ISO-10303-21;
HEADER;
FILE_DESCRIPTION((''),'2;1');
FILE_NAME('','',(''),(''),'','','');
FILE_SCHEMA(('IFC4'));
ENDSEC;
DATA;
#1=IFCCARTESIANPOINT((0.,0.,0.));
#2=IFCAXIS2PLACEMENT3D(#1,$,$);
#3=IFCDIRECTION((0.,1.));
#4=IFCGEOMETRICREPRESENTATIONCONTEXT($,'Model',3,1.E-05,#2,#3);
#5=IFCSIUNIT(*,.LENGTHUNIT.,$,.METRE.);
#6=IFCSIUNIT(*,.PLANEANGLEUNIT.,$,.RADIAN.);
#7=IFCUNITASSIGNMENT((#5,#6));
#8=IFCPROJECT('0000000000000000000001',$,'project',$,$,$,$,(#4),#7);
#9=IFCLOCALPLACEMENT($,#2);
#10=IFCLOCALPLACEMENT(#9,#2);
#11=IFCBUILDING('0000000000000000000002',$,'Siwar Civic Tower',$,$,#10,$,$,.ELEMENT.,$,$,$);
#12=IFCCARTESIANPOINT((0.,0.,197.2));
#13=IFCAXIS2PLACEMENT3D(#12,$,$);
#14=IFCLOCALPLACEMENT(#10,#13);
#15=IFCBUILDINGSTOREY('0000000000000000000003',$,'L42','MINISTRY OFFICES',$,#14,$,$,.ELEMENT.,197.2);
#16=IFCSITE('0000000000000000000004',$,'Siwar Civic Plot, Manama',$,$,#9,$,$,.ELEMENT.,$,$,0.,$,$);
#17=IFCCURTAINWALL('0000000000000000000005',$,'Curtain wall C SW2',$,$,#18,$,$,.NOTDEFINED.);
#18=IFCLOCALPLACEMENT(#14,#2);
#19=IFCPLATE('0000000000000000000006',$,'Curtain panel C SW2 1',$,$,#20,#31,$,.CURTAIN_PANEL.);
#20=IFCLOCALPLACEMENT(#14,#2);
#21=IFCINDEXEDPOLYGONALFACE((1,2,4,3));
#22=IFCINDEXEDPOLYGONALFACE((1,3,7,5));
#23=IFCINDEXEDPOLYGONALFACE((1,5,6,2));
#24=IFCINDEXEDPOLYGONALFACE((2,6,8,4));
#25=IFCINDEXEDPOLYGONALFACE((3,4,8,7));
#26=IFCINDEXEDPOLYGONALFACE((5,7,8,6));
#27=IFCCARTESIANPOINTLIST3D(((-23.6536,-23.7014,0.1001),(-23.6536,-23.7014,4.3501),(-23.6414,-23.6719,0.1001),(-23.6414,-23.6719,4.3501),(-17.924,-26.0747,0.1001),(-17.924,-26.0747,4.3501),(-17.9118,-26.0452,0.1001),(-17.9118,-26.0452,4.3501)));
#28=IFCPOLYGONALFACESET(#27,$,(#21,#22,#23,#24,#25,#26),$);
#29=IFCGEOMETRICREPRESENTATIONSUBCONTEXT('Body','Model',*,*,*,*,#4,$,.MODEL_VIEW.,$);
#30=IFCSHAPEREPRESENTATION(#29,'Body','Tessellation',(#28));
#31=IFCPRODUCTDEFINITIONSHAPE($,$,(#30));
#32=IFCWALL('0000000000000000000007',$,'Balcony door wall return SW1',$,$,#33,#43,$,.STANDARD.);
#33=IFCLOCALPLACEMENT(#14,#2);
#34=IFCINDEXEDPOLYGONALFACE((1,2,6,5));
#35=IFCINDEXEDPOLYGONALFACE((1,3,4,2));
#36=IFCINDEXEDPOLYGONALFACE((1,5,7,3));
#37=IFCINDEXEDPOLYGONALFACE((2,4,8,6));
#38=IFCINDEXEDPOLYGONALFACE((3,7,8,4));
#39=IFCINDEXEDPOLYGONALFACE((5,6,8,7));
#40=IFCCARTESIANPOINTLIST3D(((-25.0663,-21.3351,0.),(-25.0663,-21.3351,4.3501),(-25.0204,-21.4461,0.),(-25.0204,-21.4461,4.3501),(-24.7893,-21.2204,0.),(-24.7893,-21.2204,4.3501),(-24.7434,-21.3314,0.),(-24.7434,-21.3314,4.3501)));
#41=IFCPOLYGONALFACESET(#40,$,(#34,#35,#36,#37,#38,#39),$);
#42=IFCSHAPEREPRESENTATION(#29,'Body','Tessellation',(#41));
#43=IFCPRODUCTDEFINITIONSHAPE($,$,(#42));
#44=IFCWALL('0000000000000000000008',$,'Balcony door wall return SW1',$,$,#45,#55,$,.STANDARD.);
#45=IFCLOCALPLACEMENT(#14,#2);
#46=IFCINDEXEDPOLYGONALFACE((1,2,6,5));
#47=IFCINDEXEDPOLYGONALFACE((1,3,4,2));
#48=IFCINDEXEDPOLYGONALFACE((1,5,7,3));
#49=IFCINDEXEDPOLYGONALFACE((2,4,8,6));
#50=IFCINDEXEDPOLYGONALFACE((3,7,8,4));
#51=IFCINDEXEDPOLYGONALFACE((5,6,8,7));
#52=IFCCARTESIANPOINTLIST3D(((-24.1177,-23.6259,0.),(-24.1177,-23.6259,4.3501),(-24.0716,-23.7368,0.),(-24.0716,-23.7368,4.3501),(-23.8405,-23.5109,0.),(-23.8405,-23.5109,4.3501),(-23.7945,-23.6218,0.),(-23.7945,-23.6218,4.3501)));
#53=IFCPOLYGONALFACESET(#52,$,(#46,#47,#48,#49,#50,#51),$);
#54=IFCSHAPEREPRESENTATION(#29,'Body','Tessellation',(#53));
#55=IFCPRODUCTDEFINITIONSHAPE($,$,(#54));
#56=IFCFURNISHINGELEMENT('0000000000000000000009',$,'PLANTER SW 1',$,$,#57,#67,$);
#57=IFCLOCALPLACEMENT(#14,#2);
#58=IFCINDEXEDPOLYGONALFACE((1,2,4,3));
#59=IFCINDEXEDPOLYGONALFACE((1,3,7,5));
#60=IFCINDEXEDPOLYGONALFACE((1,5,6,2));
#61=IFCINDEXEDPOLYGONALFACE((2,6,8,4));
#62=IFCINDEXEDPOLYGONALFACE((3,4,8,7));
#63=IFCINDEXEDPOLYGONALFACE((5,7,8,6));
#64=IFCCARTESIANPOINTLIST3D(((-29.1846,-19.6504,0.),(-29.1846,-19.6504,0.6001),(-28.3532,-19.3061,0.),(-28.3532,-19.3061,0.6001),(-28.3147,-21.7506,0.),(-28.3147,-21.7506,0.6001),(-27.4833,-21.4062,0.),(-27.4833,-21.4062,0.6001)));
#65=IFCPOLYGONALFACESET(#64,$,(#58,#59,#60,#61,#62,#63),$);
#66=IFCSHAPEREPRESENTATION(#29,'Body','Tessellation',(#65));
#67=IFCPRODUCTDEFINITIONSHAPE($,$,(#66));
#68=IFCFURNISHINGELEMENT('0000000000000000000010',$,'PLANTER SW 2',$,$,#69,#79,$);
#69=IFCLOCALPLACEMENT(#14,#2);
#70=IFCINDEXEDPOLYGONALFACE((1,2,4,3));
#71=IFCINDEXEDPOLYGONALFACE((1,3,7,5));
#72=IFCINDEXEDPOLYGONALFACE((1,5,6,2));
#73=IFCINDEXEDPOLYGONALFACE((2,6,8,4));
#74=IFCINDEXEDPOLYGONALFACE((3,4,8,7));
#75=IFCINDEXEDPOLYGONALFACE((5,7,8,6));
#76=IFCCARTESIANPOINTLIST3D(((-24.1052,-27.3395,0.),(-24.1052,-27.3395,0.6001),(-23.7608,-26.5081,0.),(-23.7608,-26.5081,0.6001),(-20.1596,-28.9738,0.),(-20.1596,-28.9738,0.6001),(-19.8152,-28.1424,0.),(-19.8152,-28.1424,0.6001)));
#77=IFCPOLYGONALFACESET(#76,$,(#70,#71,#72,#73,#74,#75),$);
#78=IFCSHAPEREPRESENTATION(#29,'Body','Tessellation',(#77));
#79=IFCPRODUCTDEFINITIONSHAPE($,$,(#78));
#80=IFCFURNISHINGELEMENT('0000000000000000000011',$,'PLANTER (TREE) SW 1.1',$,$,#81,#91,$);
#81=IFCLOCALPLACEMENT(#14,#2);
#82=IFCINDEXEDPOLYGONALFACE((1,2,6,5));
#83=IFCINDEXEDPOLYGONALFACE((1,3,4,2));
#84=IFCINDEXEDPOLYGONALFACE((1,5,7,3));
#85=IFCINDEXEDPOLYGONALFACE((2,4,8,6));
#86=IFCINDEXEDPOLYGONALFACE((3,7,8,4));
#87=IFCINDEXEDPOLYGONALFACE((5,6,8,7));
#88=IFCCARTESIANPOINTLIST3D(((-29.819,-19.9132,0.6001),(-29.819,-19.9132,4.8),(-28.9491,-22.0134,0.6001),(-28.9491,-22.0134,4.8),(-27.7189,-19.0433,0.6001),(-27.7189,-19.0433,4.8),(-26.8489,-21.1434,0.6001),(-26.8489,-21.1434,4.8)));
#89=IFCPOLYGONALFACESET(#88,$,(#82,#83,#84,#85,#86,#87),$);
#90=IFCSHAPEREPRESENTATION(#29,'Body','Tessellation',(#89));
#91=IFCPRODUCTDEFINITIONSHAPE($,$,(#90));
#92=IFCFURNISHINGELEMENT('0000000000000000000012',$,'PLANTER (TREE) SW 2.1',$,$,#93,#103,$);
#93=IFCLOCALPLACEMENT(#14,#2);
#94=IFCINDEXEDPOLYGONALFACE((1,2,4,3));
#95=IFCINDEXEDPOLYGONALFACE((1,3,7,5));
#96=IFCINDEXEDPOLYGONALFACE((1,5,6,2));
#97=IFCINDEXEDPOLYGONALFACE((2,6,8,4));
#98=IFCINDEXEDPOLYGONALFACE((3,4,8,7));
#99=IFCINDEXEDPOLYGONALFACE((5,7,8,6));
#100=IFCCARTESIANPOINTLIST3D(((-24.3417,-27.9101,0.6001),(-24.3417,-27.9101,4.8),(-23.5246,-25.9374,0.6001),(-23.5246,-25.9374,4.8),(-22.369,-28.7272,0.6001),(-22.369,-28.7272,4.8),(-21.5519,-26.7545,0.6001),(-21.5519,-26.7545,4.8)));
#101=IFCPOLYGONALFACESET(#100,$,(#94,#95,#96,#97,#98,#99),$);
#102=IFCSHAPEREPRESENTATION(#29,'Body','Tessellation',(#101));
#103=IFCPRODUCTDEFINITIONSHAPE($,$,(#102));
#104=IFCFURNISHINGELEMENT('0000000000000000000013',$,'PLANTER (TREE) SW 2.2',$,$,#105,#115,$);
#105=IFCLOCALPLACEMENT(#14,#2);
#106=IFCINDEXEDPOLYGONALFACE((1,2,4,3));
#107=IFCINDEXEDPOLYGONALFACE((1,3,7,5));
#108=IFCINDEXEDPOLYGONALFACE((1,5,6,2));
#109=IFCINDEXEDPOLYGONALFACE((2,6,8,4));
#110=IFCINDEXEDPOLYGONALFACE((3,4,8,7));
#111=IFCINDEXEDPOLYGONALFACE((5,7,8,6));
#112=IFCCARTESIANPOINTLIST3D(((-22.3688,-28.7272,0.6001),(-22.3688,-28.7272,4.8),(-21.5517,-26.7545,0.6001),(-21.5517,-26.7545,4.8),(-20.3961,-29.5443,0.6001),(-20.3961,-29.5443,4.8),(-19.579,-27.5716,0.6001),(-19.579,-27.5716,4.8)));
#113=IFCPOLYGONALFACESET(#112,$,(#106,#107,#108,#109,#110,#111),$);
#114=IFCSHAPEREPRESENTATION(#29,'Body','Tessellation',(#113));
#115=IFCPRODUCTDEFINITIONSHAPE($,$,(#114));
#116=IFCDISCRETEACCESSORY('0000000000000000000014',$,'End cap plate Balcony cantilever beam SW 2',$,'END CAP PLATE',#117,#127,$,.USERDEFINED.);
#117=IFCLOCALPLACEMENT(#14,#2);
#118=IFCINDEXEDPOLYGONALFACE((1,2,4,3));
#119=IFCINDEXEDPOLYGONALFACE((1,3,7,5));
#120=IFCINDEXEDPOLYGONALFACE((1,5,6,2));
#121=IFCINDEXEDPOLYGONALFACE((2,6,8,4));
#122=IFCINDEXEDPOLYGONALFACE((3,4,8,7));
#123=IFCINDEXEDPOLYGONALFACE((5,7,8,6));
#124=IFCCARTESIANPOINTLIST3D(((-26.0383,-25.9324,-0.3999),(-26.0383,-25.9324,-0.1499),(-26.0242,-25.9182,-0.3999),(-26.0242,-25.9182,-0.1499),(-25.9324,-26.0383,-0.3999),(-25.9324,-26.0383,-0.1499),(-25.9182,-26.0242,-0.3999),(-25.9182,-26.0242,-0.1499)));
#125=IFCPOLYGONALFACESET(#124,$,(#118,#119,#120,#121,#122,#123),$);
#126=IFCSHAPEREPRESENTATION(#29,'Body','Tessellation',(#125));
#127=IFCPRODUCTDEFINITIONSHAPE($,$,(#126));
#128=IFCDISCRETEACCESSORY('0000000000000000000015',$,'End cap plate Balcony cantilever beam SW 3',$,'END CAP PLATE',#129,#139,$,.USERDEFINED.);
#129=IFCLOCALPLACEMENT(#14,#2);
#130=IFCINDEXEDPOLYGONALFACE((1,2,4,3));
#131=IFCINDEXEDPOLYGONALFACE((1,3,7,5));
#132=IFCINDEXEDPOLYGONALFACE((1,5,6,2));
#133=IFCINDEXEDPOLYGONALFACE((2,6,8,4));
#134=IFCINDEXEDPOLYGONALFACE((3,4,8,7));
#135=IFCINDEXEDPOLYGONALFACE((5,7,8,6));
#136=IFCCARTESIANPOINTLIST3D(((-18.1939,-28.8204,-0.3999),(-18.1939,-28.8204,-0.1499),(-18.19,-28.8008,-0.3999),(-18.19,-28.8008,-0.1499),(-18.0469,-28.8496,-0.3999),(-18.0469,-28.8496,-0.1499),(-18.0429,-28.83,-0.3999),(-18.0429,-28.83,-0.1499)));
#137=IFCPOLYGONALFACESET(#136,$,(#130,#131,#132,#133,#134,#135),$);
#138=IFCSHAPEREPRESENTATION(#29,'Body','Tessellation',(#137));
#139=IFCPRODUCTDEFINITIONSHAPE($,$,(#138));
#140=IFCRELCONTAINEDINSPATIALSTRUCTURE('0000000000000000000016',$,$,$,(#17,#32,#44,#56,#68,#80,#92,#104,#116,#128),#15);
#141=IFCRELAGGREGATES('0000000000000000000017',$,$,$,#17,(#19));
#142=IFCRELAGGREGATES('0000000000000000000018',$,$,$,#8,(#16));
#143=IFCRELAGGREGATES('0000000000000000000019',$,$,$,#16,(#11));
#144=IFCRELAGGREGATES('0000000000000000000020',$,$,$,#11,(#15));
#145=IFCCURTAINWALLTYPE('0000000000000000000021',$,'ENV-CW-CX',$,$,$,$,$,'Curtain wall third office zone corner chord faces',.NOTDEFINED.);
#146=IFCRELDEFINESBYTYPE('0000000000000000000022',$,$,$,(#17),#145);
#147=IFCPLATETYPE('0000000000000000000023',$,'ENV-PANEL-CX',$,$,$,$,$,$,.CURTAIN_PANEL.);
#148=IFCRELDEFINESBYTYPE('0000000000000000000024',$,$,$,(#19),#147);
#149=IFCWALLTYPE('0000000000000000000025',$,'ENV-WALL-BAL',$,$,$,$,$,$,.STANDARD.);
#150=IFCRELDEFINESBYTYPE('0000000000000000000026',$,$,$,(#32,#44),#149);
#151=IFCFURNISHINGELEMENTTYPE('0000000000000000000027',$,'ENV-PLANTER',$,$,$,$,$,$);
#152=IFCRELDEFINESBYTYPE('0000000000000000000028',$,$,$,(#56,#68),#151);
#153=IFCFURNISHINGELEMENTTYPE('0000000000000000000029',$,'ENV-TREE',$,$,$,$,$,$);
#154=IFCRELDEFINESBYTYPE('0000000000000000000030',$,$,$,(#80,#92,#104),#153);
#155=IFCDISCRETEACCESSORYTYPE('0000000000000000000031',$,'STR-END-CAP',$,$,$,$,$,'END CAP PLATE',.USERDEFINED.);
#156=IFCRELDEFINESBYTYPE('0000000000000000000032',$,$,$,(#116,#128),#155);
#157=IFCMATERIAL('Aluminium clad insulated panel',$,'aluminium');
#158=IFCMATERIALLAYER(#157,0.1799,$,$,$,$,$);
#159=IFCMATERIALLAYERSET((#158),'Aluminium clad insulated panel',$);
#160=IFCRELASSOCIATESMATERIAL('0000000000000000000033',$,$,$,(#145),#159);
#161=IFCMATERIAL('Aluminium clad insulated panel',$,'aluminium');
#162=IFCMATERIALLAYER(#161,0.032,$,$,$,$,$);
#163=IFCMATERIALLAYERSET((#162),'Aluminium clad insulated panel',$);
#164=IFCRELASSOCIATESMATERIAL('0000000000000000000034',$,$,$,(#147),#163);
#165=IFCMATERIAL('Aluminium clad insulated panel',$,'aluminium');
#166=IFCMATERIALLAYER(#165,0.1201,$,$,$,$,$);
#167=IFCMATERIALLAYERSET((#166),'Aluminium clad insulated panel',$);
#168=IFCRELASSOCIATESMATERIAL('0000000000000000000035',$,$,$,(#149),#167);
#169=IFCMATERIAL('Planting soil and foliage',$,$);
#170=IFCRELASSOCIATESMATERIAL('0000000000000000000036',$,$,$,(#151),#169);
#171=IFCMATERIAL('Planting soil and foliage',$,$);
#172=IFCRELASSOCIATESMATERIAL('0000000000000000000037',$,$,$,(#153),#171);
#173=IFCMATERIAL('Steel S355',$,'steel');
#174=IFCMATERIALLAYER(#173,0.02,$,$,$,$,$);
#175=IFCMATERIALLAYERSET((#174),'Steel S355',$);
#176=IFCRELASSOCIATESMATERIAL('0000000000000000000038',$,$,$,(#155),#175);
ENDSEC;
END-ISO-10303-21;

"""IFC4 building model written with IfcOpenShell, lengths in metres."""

from ifc_helpers import new_model, si_unit, direction, frame, frame_2d, origin, origin_2d, place, context, subcontext, project, spatial, rectangle, extrude, material, layer, layer_set, type_object, element, aggregate, save


model = new_model("IFC4")

# Units and contexts
model_context = context("Model", 3, precision=1e-05, world=origin(), true_north=direction((0.0, 1.0)))
body_context = subcontext(model_context, "Body", "Model", "MODEL_VIEW")
ifc_project = project(units=[si_unit("LENGTHUNIT", "METRE"), si_unit("PLANEANGLEUNIT", "RADIAN")], contexts=[model_context])

# Site, building, storey
site_placement = place(None, origin())
site = spatial("IfcSite", under=ifc_project, at=site_placement, Name="Siwar Civic Plot, Manama", CompositionType="ELEMENT", RefElevation=0.0)
building_placement = place(site_placement, origin())
building = spatial("IfcBuilding", under=site, at=building_placement, Name="Siwar Civic Tower", CompositionType="ELEMENT")
storey_placement = place(building_placement, frame((0.0, 0.0, 197.2)))
storey = spatial("IfcBuildingStorey", under=building, at=storey_placement, Name="L42", Description="MINISTRY OFFICES", CompositionType="ELEMENT", Elevation=197.2)

# Shared definitions
ifc_material_1 = material(Name="Aluminium clad insulated panel", Category="aluminium")
ifc_layer_1 = layer(ifc_material_1, 0.1799)
ifc_layer_set_1 = layer_set([ifc_layer_1], Name="Aluminium clad insulated panel")
curtain_wall_type = type_object("IfcCurtainWallType", Name="ENV-CW-CX", ElementType="Curtain wall third office zone corner chord faces", PredefinedType="NOTDEFINED", material=ifc_layer_set_1)

# Curtain wall
curtain_wall_1_placement = place(storey_placement, origin())
curtain_wall_1 = element("IfcCurtainWall", 1, at=curtain_wall_1_placement, inside=storey, type_object=curtain_wall_type, Name="Curtain wall C SW2", PredefinedType="NOTDEFINED")

# Plate
ifc_material_2 = material(Name="Aluminium clad insulated panel", Category="aluminium")
ifc_layer_2 = layer(ifc_material_2, 0.032)
ifc_layer_set_2 = layer_set([ifc_layer_2], Name="Aluminium clad insulated panel")
plate_type = type_object("IfcPlateType", Name="ENV-PANEL-CX", PredefinedType="CURTAIN_PANEL", material=ifc_layer_set_2)
plate_placement = place(storey_placement, frame((-20.7827, -24.8733, 0.1001), z_axis=(0.0, 0.0, 1.0), x_axis=(0.92388, -0.382683, 0.0)))
plate = element("IfcPlate", 2, at=plate_placement, type_object=plate_type, Name="Curtain panel C SW2 1", PredefinedType="CURTAIN_PANEL", context=body_context, shape_type="SweptSolid", body=[
    extrude(rectangle(XDim=6.2017, YDim=0.032, at=origin_2d()), origin(), (0.0, 0.0, 1.0), 4.25),
])
aggregate(curtain_wall_1, [plate])

# Walls
ifc_material_3 = material(Name="Aluminium clad insulated panel", Category="aluminium")
ifc_layer_3 = layer(ifc_material_3, 0.1201)
ifc_layer_set_3 = layer_set([ifc_layer_3], Name="Aluminium clad insulated panel")
wall_type = type_object("IfcWallType", Name="ENV-WALL-BAL", PredefinedType="STANDARD", material=ifc_layer_set_3)
wall_1_placement = place(storey_placement, frame((-24.7664, -21.2759, 0.0), z_axis=(0.0, 0.0, 1.0), x_axis=(-0.923918, -0.382591, 0.0)))
element("IfcWall", 3, at=wall_1_placement, inside=storey, type_object=wall_type, Name="Balcony door wall return SW1", PredefinedType="STANDARD", context=body_context, shape_type="SweptSolid", body=[
    extrude(rectangle(XDim=0.2998, YDim=0.1201, at=frame_2d((0.1499, 0.0))), origin(), (0.0, 0.0, 1.0), 4.3501),
])
wall_2_placement = place(storey_placement, frame((-23.8176, -23.5664, 0.0), z_axis=(0.0, 0.0, 1.0), x_axis=(-0.92363, -0.383286, 0.0)))
element("IfcWall", 4, at=wall_2_placement, inside=storey, type_object=wall_type, Name="Balcony door wall return SW1", PredefinedType="STANDARD", context=body_context, shape_type="SweptSolid", body=[
    extrude(rectangle(XDim=0.3, YDim=0.1201, at=frame_2d((0.1499, 0.0))), origin(), (0.0, 0.0, 1.0), 4.3501),
])

# Furnishing elements
ifc_material_4 = material(Name="Planting soil and foliage")
furnishing_element_type_1 = type_object("IfcFurnishingElementType", Name="ENV-PLANTER", material=ifc_material_4)
furnishing_1_placement = place(storey_placement, frame((-28.334, -20.5283, 0.0), z_axis=(0.0, 0.0, 1.0), x_axis=(0.382683, -0.92388, 0.0)))
element("IfcFurnishingElement", 5, at=furnishing_1_placement, inside=storey, type_object=furnishing_element_type_1, Name="PLANTER SW 1", context=body_context, shape_type="SweptSolid", body=[
    extrude(rectangle(XDim=2.2732, YDim=0.8999, at=origin_2d()), origin(), (0.0, 0.0, 1.0), 0.6001),
])
furnishing_2_placement = place(storey_placement, frame((-21.9602, -27.741, 0.0), z_axis=(0.0, 0.0, 1.0), x_axis=(0.92388, -0.382683, 0.0)))
element("IfcFurnishingElement", 6, at=furnishing_2_placement, inside=storey, type_object=furnishing_element_type_1, Name="PLANTER SW 2", context=body_context, shape_type="SweptSolid", body=[
    extrude(rectangle(XDim=4.2708, YDim=0.8999, at=origin_2d()), origin(), (0.0, 0.0, 1.0), 0.6001),
])
ifc_material_5 = material(Name="Planting soil and foliage")
furnishing_element_type_2 = type_object("IfcFurnishingElementType", Name="ENV-TREE", material=ifc_material_5)
furnishing_3_placement = place(storey_placement, frame((-28.334, -20.5283, 0.6001), z_axis=(0.0, 0.0, 1.0), x_axis=(0.382683, -0.92388, 0.0)))
element("IfcFurnishingElement", 7, at=furnishing_3_placement, inside=storey, type_object=furnishing_element_type_2, Name="PLANTER (TREE) SW 1.1", context=body_context, shape_type="SweptSolid", body=[
    extrude(rectangle(XDim=2.2732, YDim=2.2732, at=origin_2d()), origin(), (0.0, 0.0, 1.0), 4.2),
])
for number, where, z_axis, x_axis, name in (
    (8, (-22.9468, -27.3323, 0.6001), (0.0, 0.0, 1.0), (0.92388, -0.382683, 0.0), "PLANTER (TREE) SW 2.1"),
    (9, (-20.9739, -28.1494, 0.6001), (0.0, 0.0, 1.0), (0.92388, -0.382683, 0.0), "PLANTER (TREE) SW 2.2"),
):
    element("IfcFurnishingElement", number, at=place(storey_placement, frame(where, z_axis=z_axis, x_axis=x_axis)), inside=storey, type_object=furnishing_element_type_2, Name=name, context=body_context, shape_type="SweptSolid", body=[
        extrude(rectangle(XDim=2.1353, YDim=2.1353, at=origin_2d()), origin(), (0.0, 0.0, 1.0), 4.2),
    ])

# Discrete accessories
ifc_material_6 = material(Name="Steel S355", Category="steel")
ifc_layer_4 = layer(ifc_material_6, 0.02)
ifc_layer_set_4 = layer_set([ifc_layer_4], Name="Steel S355")
discrete_accessory_type = type_object("IfcDiscreteAccessoryType", Name="STR-END-CAP", ElementType="END CAP PLATE", PredefinedType="USERDEFINED", material=ifc_layer_set_4)
for number, where, z_axis, x_axis, name in (
    (10, (-25.9783, -25.9783, -0.3999), (0.0, 0.0, 1.0), (-0.707107, -0.707107, 0.0), "End cap plate Balcony cantilever beam SW 2"),
    (11, (-18.1184, -28.8252, -0.3999), (0.0, 0.0, 1.0), (-0.19509, -0.980785, 0.0), "End cap plate Balcony cantilever beam SW 3"),
):
    element("IfcDiscreteAccessory", number, at=place(storey_placement, frame(where, z_axis=z_axis, x_axis=x_axis)), inside=storey, type_object=discrete_accessory_type, Name=name, ObjectType="END CAP PLATE", PredefinedType="USERDEFINED", context=body_context, shape_type="SweptSolid", body=[
        extrude(rectangle(XDim=0.02, YDim=0.1499, at=origin_2d()), origin(), (0.0, 0.0, 1.0), 0.25),
    ])

save(model, "model.ifc")
